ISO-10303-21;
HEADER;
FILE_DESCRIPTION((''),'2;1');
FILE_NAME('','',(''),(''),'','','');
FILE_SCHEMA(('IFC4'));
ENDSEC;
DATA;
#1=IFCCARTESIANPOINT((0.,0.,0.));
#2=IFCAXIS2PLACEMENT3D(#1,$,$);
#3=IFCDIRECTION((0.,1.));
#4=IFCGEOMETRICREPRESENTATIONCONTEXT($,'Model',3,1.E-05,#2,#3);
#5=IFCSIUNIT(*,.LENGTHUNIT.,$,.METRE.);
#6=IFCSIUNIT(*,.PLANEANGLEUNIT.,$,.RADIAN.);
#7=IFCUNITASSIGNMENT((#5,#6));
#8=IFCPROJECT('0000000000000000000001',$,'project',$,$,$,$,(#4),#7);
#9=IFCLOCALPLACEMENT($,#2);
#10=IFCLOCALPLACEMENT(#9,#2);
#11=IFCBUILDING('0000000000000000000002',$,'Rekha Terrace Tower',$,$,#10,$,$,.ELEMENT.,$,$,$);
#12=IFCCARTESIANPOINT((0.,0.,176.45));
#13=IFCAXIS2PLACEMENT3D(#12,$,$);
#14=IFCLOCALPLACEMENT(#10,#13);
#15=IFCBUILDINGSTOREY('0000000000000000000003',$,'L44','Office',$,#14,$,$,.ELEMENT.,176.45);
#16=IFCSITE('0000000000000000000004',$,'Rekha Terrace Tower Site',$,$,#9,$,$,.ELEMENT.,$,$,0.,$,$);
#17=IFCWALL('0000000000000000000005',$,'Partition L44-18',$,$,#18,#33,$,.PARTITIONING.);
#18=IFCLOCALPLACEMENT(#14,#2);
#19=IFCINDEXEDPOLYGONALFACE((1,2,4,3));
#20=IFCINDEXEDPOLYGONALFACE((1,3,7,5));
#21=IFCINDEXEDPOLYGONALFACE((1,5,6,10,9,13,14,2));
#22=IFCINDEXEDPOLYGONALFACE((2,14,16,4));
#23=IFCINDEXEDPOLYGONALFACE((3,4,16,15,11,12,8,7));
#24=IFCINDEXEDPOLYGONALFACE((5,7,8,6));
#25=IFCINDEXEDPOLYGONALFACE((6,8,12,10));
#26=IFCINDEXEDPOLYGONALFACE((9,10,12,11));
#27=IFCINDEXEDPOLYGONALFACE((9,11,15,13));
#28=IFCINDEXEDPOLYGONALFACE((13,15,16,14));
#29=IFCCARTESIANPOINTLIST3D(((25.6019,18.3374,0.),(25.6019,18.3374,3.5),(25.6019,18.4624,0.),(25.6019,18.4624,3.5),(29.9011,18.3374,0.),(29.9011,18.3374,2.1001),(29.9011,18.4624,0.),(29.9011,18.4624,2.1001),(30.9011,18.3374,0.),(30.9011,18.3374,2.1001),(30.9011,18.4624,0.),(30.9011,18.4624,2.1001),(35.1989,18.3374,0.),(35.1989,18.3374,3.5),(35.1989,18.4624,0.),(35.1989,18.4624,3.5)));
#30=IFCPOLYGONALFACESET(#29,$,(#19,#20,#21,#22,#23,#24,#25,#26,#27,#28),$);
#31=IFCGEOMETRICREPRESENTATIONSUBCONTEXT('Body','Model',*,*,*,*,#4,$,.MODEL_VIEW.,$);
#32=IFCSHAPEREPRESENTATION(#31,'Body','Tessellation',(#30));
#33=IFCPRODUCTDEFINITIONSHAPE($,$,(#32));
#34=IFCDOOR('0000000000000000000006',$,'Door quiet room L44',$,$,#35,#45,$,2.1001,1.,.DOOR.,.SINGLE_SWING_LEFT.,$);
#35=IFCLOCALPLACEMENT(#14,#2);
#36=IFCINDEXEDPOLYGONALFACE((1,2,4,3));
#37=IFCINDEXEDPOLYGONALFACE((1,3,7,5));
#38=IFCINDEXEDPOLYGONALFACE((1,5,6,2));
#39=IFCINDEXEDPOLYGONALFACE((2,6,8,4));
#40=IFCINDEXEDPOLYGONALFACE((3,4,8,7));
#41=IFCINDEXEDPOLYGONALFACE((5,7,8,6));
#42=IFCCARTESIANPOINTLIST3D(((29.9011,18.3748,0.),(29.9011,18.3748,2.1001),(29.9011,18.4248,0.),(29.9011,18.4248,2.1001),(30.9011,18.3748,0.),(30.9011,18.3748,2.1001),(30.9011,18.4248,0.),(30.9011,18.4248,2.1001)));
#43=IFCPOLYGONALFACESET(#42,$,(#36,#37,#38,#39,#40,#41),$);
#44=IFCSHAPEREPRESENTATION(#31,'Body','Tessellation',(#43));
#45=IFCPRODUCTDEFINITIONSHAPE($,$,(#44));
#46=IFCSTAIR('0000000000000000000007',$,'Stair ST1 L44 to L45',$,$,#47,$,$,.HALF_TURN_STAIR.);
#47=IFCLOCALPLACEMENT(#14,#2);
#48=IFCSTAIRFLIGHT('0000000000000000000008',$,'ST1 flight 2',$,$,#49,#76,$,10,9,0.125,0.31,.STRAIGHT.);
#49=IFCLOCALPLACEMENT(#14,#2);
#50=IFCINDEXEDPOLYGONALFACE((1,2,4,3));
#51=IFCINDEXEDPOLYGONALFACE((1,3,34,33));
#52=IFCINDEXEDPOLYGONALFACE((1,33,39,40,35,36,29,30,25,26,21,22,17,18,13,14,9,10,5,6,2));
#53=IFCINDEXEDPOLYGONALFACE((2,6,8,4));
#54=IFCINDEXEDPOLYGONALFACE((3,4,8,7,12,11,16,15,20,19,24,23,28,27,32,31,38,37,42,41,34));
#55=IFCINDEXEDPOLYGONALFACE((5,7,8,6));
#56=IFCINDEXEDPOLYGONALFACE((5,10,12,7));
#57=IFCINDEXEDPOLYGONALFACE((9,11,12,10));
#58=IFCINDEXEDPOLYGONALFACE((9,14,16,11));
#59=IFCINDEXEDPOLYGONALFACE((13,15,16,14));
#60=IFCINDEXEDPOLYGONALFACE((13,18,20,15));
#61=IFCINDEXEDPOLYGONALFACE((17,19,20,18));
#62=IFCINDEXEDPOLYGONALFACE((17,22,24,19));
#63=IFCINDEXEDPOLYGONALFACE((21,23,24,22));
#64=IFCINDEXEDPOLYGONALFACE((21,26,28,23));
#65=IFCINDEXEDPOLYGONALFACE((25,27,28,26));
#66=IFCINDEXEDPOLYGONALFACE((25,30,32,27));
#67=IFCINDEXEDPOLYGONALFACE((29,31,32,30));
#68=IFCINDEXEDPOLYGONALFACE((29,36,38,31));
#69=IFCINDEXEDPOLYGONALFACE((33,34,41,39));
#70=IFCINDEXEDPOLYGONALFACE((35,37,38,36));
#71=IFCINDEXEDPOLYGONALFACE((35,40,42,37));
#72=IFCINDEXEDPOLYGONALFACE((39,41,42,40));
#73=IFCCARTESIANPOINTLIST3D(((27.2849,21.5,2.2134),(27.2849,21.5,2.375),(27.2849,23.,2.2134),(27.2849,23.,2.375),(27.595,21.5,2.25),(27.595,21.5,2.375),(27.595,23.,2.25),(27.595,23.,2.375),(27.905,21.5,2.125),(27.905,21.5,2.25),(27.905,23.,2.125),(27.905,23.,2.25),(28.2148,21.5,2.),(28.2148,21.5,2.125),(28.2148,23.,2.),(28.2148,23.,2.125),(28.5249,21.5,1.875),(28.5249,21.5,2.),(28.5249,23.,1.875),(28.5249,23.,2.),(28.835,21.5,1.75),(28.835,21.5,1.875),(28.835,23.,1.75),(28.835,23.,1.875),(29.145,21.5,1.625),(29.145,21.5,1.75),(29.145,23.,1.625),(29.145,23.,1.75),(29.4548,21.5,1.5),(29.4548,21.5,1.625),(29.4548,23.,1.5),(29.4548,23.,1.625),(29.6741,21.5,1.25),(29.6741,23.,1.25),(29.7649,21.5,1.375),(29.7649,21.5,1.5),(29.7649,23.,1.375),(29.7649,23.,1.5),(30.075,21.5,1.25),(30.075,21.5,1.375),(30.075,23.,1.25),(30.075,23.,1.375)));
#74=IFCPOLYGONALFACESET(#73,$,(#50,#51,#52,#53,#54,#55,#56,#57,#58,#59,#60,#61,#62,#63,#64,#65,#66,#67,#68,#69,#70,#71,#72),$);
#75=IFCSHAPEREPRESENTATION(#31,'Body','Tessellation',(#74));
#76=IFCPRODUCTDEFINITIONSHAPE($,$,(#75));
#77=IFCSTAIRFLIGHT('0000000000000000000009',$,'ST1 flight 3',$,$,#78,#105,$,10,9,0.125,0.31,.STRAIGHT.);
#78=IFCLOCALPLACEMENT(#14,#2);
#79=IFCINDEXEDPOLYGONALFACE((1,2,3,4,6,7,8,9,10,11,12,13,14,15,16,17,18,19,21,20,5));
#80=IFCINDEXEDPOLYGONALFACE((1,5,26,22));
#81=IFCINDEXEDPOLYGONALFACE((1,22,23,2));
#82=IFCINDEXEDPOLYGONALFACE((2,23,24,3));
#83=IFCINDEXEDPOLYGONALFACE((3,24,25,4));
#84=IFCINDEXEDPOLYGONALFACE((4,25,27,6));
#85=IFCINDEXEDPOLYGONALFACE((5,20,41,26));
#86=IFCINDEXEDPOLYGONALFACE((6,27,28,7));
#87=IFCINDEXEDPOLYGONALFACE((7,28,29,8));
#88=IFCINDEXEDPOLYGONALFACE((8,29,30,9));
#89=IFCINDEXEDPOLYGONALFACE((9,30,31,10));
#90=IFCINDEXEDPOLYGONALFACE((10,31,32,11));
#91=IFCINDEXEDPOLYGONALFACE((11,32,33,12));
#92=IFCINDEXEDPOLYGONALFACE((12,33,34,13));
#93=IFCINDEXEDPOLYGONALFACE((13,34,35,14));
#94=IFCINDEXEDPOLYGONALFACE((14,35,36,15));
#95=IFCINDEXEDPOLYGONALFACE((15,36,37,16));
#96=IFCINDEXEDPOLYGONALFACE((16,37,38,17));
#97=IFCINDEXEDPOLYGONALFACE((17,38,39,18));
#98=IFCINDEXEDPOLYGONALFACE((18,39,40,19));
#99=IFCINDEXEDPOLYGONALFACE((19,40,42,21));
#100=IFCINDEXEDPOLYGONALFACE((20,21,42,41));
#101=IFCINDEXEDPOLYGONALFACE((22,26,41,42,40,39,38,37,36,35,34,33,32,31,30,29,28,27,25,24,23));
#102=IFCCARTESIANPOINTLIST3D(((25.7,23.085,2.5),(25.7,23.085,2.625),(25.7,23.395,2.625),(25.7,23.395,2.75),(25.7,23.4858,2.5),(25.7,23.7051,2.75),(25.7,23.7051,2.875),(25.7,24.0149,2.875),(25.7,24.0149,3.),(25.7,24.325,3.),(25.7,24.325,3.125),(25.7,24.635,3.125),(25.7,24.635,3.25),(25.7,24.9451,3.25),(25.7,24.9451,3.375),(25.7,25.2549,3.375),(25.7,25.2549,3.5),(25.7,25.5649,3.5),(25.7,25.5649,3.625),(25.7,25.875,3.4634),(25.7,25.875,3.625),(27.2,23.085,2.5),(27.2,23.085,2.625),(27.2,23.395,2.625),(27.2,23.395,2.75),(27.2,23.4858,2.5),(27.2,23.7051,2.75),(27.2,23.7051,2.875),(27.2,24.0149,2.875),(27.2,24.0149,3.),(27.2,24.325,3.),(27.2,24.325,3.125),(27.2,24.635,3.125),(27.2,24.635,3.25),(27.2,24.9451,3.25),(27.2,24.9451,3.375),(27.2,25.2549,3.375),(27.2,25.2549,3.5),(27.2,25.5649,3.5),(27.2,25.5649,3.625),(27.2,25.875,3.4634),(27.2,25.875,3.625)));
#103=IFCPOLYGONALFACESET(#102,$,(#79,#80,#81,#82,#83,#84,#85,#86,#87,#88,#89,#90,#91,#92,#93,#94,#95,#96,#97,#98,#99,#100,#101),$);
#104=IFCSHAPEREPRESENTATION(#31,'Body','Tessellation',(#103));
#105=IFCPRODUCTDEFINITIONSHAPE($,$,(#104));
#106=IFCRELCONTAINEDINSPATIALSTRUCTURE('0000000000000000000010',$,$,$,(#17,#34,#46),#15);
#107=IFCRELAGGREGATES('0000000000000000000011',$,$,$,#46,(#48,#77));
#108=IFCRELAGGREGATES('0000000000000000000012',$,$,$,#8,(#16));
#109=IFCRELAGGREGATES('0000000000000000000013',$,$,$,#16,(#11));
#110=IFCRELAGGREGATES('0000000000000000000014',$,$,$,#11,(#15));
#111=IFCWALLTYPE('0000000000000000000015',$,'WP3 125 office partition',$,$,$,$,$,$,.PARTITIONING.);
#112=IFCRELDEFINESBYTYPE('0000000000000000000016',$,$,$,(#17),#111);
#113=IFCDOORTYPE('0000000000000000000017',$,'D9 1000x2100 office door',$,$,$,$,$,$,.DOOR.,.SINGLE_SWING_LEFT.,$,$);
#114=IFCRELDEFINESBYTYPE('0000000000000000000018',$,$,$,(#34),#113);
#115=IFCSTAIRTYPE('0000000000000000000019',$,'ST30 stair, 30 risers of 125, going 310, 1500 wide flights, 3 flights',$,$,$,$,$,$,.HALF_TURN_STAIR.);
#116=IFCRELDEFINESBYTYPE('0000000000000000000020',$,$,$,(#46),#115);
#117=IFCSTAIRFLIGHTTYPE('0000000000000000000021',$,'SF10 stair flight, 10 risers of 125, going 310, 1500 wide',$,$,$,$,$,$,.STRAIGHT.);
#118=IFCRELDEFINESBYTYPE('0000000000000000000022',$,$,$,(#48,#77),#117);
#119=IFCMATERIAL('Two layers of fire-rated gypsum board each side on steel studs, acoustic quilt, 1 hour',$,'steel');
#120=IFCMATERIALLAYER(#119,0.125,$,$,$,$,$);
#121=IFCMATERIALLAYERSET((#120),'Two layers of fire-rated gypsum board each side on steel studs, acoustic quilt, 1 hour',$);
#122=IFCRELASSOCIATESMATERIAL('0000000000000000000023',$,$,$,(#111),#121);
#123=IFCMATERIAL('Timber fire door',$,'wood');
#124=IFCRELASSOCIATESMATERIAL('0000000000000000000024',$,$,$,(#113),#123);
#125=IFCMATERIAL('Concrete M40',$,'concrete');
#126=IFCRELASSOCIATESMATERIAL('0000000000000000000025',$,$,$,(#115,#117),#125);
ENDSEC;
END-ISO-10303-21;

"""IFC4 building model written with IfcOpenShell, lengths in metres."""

from ifc_helpers import new_model, si_unit, direction, frame, frame_2d, origin, place, context, subcontext, project, spatial, polyline, rectangle, outline, extrude, material, layer, layer_set, type_object, element, fill, aggregate, save


model = new_model("IFC4")

# Units and contexts
model_context = context("Model", 3, precision=1e-05, world=origin(), true_north=direction((0.0, 1.0)))
body_context = subcontext(model_context, "Body", "Model", "MODEL_VIEW")
ifc_project = project(units=[si_unit("LENGTHUNIT", "METRE"), si_unit("PLANEANGLEUNIT", "RADIAN")], contexts=[model_context])

# Site, building, storey
site_placement = place(None, origin())
site = spatial("IfcSite", under=ifc_project, at=site_placement, Name="Rekha Terrace Tower Site", CompositionType="ELEMENT", RefElevation=0.0)
building_placement = place(site_placement, origin())
building = spatial("IfcBuilding", under=site, at=building_placement, Name="Rekha Terrace Tower", CompositionType="ELEMENT")
storey_placement = place(building_placement, frame((0.0, 0.0, 176.45)))
storey = spatial("IfcBuildingStorey", under=building, at=storey_placement, Name="L44", Description="Office", CompositionType="ELEMENT", Elevation=176.45)

# Shared definitions
ifc_material_1 = material(Name="Two layers of fire-rated gypsum board each side on steel studs, acoustic quilt, 1 hour", Category="steel")
ifc_layer_1 = layer(ifc_material_1, 0.125)
ifc_layer_set_1 = layer_set([ifc_layer_1], Name="Two layers of fire-rated gypsum board each side on steel studs, acoustic quilt, 1 hour")
wall_type_1 = type_object("IfcWallType", Name="WP3 125 office partition", PredefinedType="PARTITIONING", material=ifc_layer_set_1)

# Wall, opening, door
wall_1_placement = place(storey_placement, frame((25.6021, 18.3999, 0.0), z_axis=(0.0, 0.0, 1.0), x_axis=(1.0, 0.0, 0.0)))
wall_1 = element("IfcWall", 1, at=wall_1_placement, inside=storey, type_object=wall_type_1, Name="Partition L44-18", PredefinedType="PARTITIONING", context=body_context, shape_type="SweptSolid", body=[
    extrude(rectangle(XDim=9.5969, YDim=0.125, at=frame_2d((4.7983, 0.0))), origin(), (0.0, 0.0, 1.0), 3.5),
])
opening_1_placement = place(wall_1_placement, frame((4.2991, 0.0, 0.0)))
opening_1 = element("IfcOpeningElement", 2, at=opening_1_placement, cuts=wall_1, PredefinedType="OPENING", context=body_context, shape_type="SweptSolid", body=[
    extrude(rectangle(XDim=1.0, YDim=2.1001, at=frame_2d((0.5, 1.05))), frame((0.0, 0.0725, 0.0), z_axis=(0.0, -1.0, 0.0), x_axis=(1.0, 0.0, 0.0)), (0.0, 0.0, 1.0), 0.145),
])
ifc_material_2 = material(Name="Timber fire door", Category="wood")
door_type_1 = type_object("IfcDoorType", Name="D9 1000x2100 office door", OperationType="SINGLE_SWING_LEFT", PredefinedType="DOOR", material=ifc_material_2)
door_1_placement = place(opening_1_placement, origin())
door_1 = element("IfcDoor", 3, at=door_1_placement, inside=storey, type_object=door_type_1, Name="Door quiet room L44", OperationType="SINGLE_SWING_LEFT", OverallHeight=2.1001, OverallWidth=1.0, PredefinedType="DOOR", context=body_context, shape_type="SweptSolid", body=[
    extrude(rectangle(XDim=1.0, YDim=2.1001, at=frame_2d((0.5, 1.05))), frame((0.0, 0.0249, 0.0), z_axis=(0.0, -1.0, 0.0), x_axis=(1.0, 0.0, 0.0)), (0.0, 0.0, 1.0), 0.05),
])
fill(opening_1, door_1)

# Stair, stair flights
ifc_material_3 = material(Name="Concrete M40", Category="concrete")
stair_type = type_object("IfcStairType", Name="ST30 stair, 30 risers of 125, going 310, 1500 wide flights, 3 flights", PredefinedType="HALF_TURN_STAIR", material=ifc_material_3)
stair_placement = place(storey_placement, origin())
stair = element("IfcStair", 4, at=stair_placement, inside=storey, type_object=stair_type, Name="Stair ST1 L44 to L45", PredefinedType="HALF_TURN_STAIR")
stair_flight_type = type_object("IfcStairFlightType", Name="SF10 stair flight, 10 risers of 125, going 310, 1500 wide", PredefinedType="STRAIGHT", material=ifc_material_3)
stair_flight_1_placement = place(storey_placement, frame((30.075, 22.25, 1.25), z_axis=(0.0, 0.0, 1.0), x_axis=(-1.0, 0.0, 0.0)))
stair_flight_1 = element("IfcStairFlight", 5, at=stair_flight_1_placement, type_object=stair_flight_type, Name="ST1 flight 2", NumberOfRisers=10, NumberOfTreads=9, PredefinedType="STRAIGHT", RiserHeight=0.125, TreadLength=0.31, context=body_context, shape_type="SweptSolid", body=[
    extrude(outline(polyline([(0.0, 0.0), (0.0, 0.125), (0.3101, 0.125), (0.3101, 0.25), (0.6201, 0.25), (0.6201, 0.375), (0.9299, 0.375), (0.9299, 0.5), (1.24, 0.5), (1.24, 0.625), (1.55, 0.625), (1.55, 0.75), (1.8601, 0.75), (1.8601, 0.875), (2.1699, 0.875), (2.1699, 1.0), (2.48, 1.0), (2.48, 1.125), (2.79, 1.125), (2.79, 1.25), (2.79, 0.9634), (0.4009, 0.0), (0.0, 0.0)])), frame((0.0, 0.75, 0.0), z_axis=(0.0, -1.0, 0.0), x_axis=(1.0, 0.0, 0.0)), (0.0, 0.0, 1.0), 1.5),
])
stair_flight_2_placement = place(storey_placement, frame((26.45, 23.085, 2.5), z_axis=(0.0, 0.0, 1.0), x_axis=(0.0, 1.0, 0.0)))
stair_flight_2 = element("IfcStairFlight", 6, at=stair_flight_2_placement, type_object=stair_flight_type, Name="ST1 flight 3", NumberOfRisers=10, NumberOfTreads=9, PredefinedType="STRAIGHT", RiserHeight=0.125, TreadLength=0.31, context=body_context, shape_type="SweptSolid", body=[
    extrude(outline(polyline([(0.0, 0.0), (0.0, 0.125), (0.3101, 0.125), (0.3101, 0.25), (0.6201, 0.25), (0.6201, 0.375), (0.9299, 0.375), (0.9299, 0.5), (1.24, 0.5), (1.24, 0.625), (1.55, 0.625), (1.55, 0.75), (1.8601, 0.75), (1.8601, 0.875), (2.1699, 0.875), (2.1699, 1.0), (2.48, 1.0), (2.48, 1.125), (2.79, 1.125), (2.79, 1.25), (2.79, 0.9634), (0.4009, 0.0), (0.0, 0.0)])), frame((0.0, 0.75, 0.0), z_axis=(0.0, -1.0, 0.0), x_axis=(1.0, 0.0, 0.0)), (0.0, 0.0, 1.0), 1.5),
])
aggregate(stair, [stair_flight_1, stair_flight_2])

save(model, "model.ifc")
